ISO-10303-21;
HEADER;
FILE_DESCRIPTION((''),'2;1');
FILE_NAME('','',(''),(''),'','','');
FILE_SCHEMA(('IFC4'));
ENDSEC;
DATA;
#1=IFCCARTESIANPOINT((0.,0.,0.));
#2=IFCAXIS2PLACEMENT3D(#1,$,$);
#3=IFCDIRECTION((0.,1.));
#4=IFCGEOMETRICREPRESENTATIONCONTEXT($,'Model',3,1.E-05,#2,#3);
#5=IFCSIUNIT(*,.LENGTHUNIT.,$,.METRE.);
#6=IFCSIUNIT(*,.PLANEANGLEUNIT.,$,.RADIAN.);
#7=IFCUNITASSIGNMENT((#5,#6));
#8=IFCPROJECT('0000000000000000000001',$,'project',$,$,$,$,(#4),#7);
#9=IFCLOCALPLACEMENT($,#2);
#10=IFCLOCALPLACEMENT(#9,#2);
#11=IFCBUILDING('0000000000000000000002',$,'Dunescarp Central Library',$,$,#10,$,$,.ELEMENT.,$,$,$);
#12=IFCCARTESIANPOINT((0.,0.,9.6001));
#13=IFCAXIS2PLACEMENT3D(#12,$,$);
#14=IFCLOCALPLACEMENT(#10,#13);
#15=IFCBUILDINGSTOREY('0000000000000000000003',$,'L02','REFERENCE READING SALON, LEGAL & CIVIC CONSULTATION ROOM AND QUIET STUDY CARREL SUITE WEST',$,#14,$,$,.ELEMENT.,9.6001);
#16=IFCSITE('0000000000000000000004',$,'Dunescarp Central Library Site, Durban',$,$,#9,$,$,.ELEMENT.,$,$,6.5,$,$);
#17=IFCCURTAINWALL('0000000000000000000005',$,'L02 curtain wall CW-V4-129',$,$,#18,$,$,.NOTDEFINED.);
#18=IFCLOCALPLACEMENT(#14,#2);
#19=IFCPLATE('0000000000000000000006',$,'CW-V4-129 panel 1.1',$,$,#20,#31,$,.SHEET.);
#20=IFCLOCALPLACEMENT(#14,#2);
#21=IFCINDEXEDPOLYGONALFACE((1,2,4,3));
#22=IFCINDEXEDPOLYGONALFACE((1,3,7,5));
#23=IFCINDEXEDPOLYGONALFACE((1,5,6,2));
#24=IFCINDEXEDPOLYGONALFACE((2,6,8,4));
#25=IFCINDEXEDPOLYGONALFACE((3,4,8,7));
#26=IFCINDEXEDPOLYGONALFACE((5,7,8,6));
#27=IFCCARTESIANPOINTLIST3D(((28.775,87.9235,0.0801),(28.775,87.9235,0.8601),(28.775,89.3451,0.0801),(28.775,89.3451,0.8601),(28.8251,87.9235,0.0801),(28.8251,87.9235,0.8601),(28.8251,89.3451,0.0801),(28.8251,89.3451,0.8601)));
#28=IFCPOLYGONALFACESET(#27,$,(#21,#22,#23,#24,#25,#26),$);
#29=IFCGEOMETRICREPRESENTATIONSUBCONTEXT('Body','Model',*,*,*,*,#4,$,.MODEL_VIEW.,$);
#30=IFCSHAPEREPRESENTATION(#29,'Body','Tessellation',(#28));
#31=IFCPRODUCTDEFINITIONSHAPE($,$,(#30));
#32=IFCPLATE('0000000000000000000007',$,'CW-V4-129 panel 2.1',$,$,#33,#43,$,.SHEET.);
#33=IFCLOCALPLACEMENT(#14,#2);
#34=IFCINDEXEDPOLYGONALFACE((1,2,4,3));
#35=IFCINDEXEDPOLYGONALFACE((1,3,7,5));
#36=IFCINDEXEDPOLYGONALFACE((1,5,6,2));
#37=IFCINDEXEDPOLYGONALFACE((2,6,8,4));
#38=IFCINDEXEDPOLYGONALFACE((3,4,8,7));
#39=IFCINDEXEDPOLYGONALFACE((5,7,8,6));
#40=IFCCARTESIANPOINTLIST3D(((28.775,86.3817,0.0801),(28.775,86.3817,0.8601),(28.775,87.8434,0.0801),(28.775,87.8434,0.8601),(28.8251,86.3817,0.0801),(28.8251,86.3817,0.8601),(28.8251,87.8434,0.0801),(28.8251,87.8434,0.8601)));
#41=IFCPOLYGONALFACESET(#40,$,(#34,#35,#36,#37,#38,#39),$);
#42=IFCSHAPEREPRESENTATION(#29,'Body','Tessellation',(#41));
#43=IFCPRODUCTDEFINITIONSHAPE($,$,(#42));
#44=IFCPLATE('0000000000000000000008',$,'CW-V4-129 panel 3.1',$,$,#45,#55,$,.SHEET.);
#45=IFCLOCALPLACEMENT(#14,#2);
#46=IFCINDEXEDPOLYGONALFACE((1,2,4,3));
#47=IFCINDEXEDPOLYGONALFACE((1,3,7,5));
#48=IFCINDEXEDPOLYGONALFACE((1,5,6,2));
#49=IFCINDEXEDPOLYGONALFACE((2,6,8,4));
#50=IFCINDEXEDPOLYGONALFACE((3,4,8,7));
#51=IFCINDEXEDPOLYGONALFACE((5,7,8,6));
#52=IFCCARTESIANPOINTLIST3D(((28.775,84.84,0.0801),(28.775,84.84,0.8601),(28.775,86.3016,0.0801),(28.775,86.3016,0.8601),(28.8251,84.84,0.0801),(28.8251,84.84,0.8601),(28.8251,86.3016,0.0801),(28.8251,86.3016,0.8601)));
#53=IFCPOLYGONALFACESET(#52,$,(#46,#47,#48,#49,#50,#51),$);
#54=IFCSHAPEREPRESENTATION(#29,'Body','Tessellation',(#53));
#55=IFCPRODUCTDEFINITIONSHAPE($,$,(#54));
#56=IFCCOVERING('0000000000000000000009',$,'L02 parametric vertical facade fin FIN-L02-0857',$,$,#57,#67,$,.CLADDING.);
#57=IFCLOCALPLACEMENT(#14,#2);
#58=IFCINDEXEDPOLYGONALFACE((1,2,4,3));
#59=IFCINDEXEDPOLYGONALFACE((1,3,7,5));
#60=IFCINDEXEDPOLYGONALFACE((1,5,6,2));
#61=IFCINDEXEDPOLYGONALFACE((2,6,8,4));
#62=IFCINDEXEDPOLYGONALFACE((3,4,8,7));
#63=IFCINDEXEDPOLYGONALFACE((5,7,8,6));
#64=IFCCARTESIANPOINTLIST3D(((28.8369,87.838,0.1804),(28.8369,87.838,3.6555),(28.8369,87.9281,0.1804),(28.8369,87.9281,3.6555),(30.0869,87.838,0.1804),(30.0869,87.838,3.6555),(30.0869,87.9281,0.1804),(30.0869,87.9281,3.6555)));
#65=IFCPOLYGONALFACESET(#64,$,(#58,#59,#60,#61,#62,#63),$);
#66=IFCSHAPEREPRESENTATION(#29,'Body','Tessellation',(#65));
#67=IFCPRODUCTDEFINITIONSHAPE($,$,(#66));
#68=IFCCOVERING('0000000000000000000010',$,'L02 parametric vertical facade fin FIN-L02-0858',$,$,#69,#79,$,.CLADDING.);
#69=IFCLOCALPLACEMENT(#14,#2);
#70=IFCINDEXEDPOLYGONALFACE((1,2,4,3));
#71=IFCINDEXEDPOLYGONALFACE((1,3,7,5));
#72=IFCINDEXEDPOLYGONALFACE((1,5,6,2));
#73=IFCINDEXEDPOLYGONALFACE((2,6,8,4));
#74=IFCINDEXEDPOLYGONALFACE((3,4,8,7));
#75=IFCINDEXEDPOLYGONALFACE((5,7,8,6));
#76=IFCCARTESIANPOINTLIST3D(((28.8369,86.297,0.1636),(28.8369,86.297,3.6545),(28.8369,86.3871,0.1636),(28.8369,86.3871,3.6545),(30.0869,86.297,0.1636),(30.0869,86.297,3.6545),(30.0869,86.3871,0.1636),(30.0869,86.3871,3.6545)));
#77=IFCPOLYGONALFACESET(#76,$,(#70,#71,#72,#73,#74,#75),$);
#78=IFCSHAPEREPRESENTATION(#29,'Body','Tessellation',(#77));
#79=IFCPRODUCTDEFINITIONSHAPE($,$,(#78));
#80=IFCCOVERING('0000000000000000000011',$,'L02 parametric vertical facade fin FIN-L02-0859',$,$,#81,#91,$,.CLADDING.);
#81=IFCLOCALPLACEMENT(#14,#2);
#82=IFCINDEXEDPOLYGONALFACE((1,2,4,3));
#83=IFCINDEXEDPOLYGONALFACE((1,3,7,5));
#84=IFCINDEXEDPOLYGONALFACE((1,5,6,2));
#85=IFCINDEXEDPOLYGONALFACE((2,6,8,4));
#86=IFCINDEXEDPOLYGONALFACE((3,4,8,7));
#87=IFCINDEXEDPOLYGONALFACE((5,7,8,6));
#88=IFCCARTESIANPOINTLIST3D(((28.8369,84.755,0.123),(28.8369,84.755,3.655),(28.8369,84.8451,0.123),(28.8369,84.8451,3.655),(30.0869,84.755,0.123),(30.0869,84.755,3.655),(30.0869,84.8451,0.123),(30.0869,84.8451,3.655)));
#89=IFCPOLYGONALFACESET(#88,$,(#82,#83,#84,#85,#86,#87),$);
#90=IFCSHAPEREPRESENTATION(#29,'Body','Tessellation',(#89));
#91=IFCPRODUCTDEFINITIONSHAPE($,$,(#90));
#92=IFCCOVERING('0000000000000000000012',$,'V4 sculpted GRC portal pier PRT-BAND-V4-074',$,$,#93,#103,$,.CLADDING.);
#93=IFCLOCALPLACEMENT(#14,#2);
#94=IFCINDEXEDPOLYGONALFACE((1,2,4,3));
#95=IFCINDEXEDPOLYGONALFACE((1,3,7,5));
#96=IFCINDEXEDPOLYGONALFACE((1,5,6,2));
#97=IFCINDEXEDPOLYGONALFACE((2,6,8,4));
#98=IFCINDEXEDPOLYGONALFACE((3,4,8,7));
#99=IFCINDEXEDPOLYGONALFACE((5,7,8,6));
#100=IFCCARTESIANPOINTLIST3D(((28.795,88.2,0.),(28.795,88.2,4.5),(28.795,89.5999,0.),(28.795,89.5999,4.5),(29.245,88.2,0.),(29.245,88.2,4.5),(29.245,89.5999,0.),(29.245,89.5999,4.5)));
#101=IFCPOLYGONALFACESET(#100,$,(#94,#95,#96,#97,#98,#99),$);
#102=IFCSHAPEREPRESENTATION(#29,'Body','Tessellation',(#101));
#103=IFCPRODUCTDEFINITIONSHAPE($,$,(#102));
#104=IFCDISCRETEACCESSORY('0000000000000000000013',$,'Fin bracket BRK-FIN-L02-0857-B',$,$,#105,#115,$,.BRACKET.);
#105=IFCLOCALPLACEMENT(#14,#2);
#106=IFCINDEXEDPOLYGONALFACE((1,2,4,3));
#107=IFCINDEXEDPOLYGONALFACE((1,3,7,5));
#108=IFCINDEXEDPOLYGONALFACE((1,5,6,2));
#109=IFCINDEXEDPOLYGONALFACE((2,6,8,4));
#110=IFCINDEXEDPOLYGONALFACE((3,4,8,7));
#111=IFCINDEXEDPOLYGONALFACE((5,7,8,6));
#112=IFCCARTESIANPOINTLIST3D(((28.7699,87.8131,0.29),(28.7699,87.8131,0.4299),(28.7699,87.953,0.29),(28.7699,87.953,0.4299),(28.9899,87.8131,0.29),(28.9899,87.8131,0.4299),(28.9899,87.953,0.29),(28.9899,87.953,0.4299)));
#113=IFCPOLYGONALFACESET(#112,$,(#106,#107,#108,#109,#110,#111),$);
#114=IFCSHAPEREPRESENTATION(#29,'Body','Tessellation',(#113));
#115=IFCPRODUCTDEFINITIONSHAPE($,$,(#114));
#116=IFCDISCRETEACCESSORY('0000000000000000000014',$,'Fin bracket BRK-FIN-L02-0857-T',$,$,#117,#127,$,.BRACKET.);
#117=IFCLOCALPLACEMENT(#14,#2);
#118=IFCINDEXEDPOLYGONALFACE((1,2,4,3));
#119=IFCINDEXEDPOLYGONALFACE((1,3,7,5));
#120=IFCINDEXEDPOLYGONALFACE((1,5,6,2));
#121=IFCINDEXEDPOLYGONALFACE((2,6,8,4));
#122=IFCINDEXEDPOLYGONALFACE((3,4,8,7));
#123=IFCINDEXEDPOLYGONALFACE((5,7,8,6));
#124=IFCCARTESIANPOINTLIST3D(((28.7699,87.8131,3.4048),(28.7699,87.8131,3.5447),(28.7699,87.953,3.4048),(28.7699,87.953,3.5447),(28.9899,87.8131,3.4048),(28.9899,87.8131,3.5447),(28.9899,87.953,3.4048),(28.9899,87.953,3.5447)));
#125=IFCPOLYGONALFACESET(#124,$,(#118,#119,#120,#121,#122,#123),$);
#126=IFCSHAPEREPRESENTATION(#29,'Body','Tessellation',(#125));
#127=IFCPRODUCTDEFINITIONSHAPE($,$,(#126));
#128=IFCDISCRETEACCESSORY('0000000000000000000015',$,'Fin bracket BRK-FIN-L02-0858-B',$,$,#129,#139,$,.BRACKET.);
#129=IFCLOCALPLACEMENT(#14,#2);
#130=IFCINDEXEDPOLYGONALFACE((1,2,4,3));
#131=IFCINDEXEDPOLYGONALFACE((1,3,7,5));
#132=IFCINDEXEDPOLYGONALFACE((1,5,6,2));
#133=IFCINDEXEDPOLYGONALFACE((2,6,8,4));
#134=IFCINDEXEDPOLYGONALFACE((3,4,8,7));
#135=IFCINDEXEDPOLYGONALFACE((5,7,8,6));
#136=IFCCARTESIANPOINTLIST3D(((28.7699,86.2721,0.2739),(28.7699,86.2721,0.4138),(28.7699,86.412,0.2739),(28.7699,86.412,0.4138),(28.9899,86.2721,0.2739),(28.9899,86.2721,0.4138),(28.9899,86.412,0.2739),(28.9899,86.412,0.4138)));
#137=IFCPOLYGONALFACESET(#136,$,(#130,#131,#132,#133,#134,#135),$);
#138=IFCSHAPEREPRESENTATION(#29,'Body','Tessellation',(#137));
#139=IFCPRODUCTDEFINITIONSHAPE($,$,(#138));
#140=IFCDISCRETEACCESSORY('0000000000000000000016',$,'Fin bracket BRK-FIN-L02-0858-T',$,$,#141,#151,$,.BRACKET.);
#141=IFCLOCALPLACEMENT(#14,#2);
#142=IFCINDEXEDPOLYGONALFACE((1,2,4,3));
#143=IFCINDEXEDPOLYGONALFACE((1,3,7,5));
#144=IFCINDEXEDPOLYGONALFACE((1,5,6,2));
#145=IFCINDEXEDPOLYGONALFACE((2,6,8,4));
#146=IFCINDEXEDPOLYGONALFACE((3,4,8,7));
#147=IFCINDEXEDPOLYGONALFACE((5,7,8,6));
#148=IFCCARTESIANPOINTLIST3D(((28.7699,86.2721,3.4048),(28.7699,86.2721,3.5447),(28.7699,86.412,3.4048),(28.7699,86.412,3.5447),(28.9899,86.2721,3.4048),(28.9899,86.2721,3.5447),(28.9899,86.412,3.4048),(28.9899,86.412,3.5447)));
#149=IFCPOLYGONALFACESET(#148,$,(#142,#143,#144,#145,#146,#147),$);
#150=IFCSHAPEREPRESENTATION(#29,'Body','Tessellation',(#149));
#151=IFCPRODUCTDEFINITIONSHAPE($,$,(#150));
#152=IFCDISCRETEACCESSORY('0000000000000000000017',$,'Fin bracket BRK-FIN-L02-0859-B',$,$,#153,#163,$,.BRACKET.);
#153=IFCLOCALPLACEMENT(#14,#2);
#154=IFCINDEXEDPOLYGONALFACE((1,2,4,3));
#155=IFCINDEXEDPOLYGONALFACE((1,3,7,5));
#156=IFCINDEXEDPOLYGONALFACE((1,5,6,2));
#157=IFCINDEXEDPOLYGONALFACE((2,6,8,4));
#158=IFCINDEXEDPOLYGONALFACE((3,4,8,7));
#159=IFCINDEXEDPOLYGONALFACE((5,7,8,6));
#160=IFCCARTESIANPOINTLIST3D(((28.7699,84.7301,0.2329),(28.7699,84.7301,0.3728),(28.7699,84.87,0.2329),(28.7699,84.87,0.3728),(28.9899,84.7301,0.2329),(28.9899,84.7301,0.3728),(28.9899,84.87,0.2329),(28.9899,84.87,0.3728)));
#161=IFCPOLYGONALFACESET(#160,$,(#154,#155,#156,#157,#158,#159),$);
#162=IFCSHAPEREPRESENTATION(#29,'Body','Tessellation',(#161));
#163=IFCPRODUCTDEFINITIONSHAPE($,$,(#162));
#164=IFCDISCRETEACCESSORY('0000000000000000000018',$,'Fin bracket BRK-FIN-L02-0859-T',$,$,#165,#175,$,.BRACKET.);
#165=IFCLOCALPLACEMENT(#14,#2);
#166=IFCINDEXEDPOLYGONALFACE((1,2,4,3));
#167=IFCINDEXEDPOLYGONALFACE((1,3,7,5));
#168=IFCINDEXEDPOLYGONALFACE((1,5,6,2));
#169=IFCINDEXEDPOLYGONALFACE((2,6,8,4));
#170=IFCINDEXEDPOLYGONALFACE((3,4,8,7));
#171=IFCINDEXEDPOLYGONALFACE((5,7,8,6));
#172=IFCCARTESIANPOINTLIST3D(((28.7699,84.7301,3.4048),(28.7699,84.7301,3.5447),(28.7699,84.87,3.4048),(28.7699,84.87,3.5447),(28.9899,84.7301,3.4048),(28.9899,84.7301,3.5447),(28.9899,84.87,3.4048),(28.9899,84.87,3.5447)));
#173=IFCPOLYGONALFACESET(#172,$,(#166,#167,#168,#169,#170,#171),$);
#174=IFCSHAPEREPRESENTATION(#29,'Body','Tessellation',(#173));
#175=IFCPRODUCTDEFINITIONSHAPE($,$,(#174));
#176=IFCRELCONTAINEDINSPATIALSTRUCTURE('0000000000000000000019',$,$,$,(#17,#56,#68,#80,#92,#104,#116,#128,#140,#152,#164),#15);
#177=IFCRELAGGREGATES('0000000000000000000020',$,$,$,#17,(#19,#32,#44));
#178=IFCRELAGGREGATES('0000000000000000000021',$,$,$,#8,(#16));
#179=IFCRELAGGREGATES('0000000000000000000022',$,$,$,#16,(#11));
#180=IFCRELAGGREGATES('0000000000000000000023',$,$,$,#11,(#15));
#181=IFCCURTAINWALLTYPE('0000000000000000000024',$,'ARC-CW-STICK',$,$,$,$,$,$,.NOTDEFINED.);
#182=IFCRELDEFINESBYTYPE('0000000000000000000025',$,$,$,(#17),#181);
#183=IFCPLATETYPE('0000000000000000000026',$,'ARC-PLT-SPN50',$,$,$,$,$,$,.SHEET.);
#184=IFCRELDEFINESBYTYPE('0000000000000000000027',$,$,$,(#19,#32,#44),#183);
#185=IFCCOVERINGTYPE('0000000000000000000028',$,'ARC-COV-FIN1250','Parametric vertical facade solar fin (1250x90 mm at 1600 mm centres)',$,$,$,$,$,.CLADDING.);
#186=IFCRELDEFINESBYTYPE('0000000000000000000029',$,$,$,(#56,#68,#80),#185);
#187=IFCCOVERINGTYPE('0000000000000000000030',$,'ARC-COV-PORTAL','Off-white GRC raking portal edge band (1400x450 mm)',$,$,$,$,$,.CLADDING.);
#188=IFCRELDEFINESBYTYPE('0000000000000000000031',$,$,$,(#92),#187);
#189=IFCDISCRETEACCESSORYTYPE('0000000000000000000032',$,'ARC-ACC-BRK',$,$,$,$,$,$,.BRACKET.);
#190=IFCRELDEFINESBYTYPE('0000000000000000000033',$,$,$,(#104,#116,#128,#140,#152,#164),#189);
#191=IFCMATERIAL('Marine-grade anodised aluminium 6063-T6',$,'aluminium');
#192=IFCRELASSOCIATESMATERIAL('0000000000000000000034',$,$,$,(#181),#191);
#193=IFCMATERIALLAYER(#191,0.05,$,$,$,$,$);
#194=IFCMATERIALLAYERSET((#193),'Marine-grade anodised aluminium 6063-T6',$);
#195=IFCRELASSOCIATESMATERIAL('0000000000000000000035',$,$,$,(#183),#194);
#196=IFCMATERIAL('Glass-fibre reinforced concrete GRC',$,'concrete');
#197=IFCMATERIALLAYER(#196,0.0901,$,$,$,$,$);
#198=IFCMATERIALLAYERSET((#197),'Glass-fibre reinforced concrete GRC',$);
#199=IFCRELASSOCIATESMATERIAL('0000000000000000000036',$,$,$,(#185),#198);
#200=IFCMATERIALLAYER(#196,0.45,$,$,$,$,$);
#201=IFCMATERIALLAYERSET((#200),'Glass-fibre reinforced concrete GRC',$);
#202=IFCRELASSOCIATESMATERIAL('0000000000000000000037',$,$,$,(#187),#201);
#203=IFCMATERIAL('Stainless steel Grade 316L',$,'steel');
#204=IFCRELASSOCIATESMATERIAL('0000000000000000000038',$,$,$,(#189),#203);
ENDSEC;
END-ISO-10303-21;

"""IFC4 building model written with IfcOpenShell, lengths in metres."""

from ifc_helpers import new_model, si_unit, direction, frame, origin, origin_2d, place, context, subcontext, project, spatial, rectangle, extrude, material, layer, layer_set, type_object, element, aggregate, save


model = new_model("IFC4")

# Units and contexts
model_context = context("Model", 3, precision=1e-05, world=origin(), true_north=direction((0.0, 1.0)))
body_context = subcontext(model_context, "Body", "Model", "MODEL_VIEW")
ifc_project = project(units=[si_unit("LENGTHUNIT", "METRE"), si_unit("PLANEANGLEUNIT", "RADIAN")], contexts=[model_context])

# Site, building, storey
site_placement = place(None, origin())
site = spatial("IfcSite", under=ifc_project, at=site_placement, Name="Dunescarp Central Library Site, Durban", CompositionType="ELEMENT", RefElevation=6.5)
building_placement = place(site_placement, origin())
building = spatial("IfcBuilding", under=site, at=building_placement, Name="Dunescarp Central Library", CompositionType="ELEMENT")
storey_placement = place(building_placement, frame((0.0, 0.0, 9.6001)))
storey = spatial("IfcBuildingStorey", under=building, at=storey_placement, Name="L02", Description="REFERENCE READING SALON, LEGAL & CIVIC CONSULTATION ROOM AND QUIET STUDY CARREL SUITE WEST", CompositionType="ELEMENT", Elevation=9.6001)

# Curtain wall, plates
ifc_material_1 = material(Name="Marine-grade anodised aluminium 6063-T6", Category="aluminium")
curtain_wall_type = type_object("IfcCurtainWallType", Name="ARC-CW-STICK", PredefinedType="NOTDEFINED", material=ifc_material_1)
curtain_wall_placement = place(storey_placement, origin())
curtain_wall = element("IfcCurtainWall", 1, at=curtain_wall_placement, inside=storey, type_object=curtain_wall_type, Name="L02 curtain wall CW-V4-129", PredefinedType="NOTDEFINED")
ifc_layer_1 = layer(ifc_material_1, 0.05)
ifc_layer_set_1 = layer_set([ifc_layer_1], Name="Marine-grade anodised aluminium 6063-T6")
plate_type_1 = type_object("IfcPlateType", Name="ARC-PLT-SPN50", PredefinedType="SHEET", material=ifc_layer_set_1)
plate_1_placement = place(storey_placement, frame((28.8, 88.6343, 0.0801), z_axis=(0.0, 0.0, 1.0), x_axis=(0.0, -1.0, 0.0)))
plate_1 = element("IfcPlate", 2, at=plate_1_placement, type_object=plate_type_1, Name="CW-V4-129 panel 1.1", PredefinedType="SHEET", context=body_context, shape_type="SweptSolid", body=[
    extrude(rectangle(XDim=1.4216, YDim=0.05, at=origin_2d()), origin(), (0.0, 0.0, 1.0), 0.78),
])
plate_2_placement = place(storey_placement, frame((28.8, 87.1125, 0.0801), z_axis=(0.0, 0.0, 1.0), x_axis=(0.0, -1.0, 0.0)))
plate_2 = element("IfcPlate", 3, at=plate_2_placement, type_object=plate_type_1, Name="CW-V4-129 panel 2.1", PredefinedType="SHEET", context=body_context, shape_type="SweptSolid", body=[
    extrude(rectangle(XDim=1.4617, YDim=0.05, at=origin_2d()), origin(), (0.0, 0.0, 1.0), 0.78),
])
plate_3_placement = place(storey_placement, frame((28.8, 85.5708, 0.0801), z_axis=(0.0, 0.0, 1.0), x_axis=(0.0, -1.0, 0.0)))
plate_3 = element("IfcPlate", 4, at=plate_3_placement, type_object=plate_type_1, Name="CW-V4-129 panel 3.1", PredefinedType="SHEET", context=body_context, shape_type="SweptSolid", body=[
    extrude(rectangle(XDim=1.4617, YDim=0.05, at=origin_2d()), origin(), (0.0, 0.0, 1.0), 0.78),
])
aggregate(curtain_wall, [plate_1, plate_2, plate_3])

# Coverings
ifc_material_2 = material(Name="Glass-fibre reinforced concrete GRC", Category="concrete")
ifc_layer_2 = layer(ifc_material_2, 0.0901)
ifc_layer_set_2 = layer_set([ifc_layer_2], Name="Glass-fibre reinforced concrete GRC")
covering_type_1 = type_object("IfcCoveringType", Name="ARC-COV-FIN1250", Description="Parametric vertical facade solar fin (1250x90 mm at 1600 mm centres)", PredefinedType="CLADDING", material=ifc_layer_set_2)
covering_1_placement = place(storey_placement, frame((29.4619, 87.8831, 0.1804), z_axis=(0.0, 0.0, 1.0), x_axis=(1.0, 0.0, 0.0)))
element("IfcCovering", 5, at=covering_1_placement, inside=storey, type_object=covering_type_1, Name="L02 parametric vertical facade fin FIN-L02-0857", PredefinedType="CLADDING", context=body_context, shape_type="SweptSolid", body=[
    extrude(rectangle(XDim=1.25, YDim=0.0901, at=origin_2d()), origin(), (0.0, 0.0, 1.0), 3.4751),
])
covering_2_placement = place(storey_placement, frame((29.4619, 86.342, 0.1636), z_axis=(0.0, 0.0, 1.0), x_axis=(1.0, 0.0, 0.0)))
element("IfcCovering", 6, at=covering_2_placement, inside=storey, type_object=covering_type_1, Name="L02 parametric vertical facade fin FIN-L02-0858", PredefinedType="CLADDING", context=body_context, shape_type="SweptSolid", body=[
    extrude(rectangle(XDim=1.25, YDim=0.0901, at=origin_2d()), origin(), (0.0, 0.0, 1.0), 3.491),
])
covering_3_placement = place(storey_placement, frame((29.4619, 84.8, 0.123), z_axis=(0.0, 0.0, 1.0), x_axis=(1.0, 0.0, 0.0)))
element("IfcCovering", 7, at=covering_3_placement, inside=storey, type_object=covering_type_1, Name="L02 parametric vertical facade fin FIN-L02-0859", PredefinedType="CLADDING", context=body_context, shape_type="SweptSolid", body=[
    extrude(rectangle(XDim=1.25, YDim=0.0901, at=origin_2d()), origin(), (0.0, 0.0, 1.0), 3.532),
])
ifc_layer_3 = layer(ifc_material_2, 0.45)
ifc_layer_set_3 = layer_set([ifc_layer_3], Name="Glass-fibre reinforced concrete GRC")
covering_type_2 = type_object("IfcCoveringType", Name="ARC-COV-PORTAL", Description="Off-white GRC raking portal edge band (1400x450 mm)", PredefinedType="CLADDING", material=ifc_layer_set_3)
covering_4_placement = place(storey_placement, frame((29.02, 88.8999, 0.0), z_axis=(0.0, 0.0, 1.0), x_axis=(1.0, 0.0, 0.0)))
element("IfcCovering", 8, at=covering_4_placement, inside=storey, type_object=covering_type_2, Name="V4 sculpted GRC portal pier PRT-BAND-V4-074", PredefinedType="CLADDING", context=body_context, shape_type="SweptSolid", body=[
    extrude(rectangle(XDim=0.45, YDim=1.3999, at=origin_2d()), origin(), (0.0, 0.0, 1.0), 4.5),
])

# Discrete accessories
ifc_material_3 = material(Name="Stainless steel Grade 316L", Category="steel")
discrete_accessory_type = type_object("IfcDiscreteAccessoryType", Name="ARC-ACC-BRK", PredefinedType="BRACKET", material=ifc_material_3)
for number, where, z_axis, x_axis, name in (
    (9, (28.8799, 87.8831, 0.29), (0.0, 0.0, 1.0), (1.0, 0.0, 0.0), "Fin bracket BRK-FIN-L02-0857-B"),
    (10, (28.8799, 87.8831, 3.4048), (0.0, 0.0, 1.0), (1.0, 0.0, 0.0), "Fin bracket BRK-FIN-L02-0857-T"),
    (11, (28.8799, 86.342, 0.2739), (0.0, 0.0, 1.0), (1.0, 0.0, 0.0), "Fin bracket BRK-FIN-L02-0858-B"),
    (12, (28.8799, 86.342, 3.4048), (0.0, 0.0, 1.0), (1.0, 0.0, 0.0), "Fin bracket BRK-FIN-L02-0858-T"),
    (13, (28.8799, 84.8, 0.2329), (0.0, 0.0, 1.0), (1.0, 0.0, 0.0), "Fin bracket BRK-FIN-L02-0859-B"),
    (14, (28.8799, 84.8, 3.4048), (0.0, 0.0, 1.0), (1.0, 0.0, 0.0), "Fin bracket BRK-FIN-L02-0859-T"),
):
    element("IfcDiscreteAccessory", number, at=place(storey_placement, frame(where, z_axis=z_axis, x_axis=x_axis)), inside=storey, type_object=discrete_accessory_type, Name=name, PredefinedType="BRACKET", context=body_context, shape_type="SweptSolid", body=[
        extrude(rectangle(XDim=0.22, YDim=0.1399, at=origin_2d()), origin(), (0.0, 0.0, 1.0), 0.1399),
    ])

save(model, "model.ifc")
